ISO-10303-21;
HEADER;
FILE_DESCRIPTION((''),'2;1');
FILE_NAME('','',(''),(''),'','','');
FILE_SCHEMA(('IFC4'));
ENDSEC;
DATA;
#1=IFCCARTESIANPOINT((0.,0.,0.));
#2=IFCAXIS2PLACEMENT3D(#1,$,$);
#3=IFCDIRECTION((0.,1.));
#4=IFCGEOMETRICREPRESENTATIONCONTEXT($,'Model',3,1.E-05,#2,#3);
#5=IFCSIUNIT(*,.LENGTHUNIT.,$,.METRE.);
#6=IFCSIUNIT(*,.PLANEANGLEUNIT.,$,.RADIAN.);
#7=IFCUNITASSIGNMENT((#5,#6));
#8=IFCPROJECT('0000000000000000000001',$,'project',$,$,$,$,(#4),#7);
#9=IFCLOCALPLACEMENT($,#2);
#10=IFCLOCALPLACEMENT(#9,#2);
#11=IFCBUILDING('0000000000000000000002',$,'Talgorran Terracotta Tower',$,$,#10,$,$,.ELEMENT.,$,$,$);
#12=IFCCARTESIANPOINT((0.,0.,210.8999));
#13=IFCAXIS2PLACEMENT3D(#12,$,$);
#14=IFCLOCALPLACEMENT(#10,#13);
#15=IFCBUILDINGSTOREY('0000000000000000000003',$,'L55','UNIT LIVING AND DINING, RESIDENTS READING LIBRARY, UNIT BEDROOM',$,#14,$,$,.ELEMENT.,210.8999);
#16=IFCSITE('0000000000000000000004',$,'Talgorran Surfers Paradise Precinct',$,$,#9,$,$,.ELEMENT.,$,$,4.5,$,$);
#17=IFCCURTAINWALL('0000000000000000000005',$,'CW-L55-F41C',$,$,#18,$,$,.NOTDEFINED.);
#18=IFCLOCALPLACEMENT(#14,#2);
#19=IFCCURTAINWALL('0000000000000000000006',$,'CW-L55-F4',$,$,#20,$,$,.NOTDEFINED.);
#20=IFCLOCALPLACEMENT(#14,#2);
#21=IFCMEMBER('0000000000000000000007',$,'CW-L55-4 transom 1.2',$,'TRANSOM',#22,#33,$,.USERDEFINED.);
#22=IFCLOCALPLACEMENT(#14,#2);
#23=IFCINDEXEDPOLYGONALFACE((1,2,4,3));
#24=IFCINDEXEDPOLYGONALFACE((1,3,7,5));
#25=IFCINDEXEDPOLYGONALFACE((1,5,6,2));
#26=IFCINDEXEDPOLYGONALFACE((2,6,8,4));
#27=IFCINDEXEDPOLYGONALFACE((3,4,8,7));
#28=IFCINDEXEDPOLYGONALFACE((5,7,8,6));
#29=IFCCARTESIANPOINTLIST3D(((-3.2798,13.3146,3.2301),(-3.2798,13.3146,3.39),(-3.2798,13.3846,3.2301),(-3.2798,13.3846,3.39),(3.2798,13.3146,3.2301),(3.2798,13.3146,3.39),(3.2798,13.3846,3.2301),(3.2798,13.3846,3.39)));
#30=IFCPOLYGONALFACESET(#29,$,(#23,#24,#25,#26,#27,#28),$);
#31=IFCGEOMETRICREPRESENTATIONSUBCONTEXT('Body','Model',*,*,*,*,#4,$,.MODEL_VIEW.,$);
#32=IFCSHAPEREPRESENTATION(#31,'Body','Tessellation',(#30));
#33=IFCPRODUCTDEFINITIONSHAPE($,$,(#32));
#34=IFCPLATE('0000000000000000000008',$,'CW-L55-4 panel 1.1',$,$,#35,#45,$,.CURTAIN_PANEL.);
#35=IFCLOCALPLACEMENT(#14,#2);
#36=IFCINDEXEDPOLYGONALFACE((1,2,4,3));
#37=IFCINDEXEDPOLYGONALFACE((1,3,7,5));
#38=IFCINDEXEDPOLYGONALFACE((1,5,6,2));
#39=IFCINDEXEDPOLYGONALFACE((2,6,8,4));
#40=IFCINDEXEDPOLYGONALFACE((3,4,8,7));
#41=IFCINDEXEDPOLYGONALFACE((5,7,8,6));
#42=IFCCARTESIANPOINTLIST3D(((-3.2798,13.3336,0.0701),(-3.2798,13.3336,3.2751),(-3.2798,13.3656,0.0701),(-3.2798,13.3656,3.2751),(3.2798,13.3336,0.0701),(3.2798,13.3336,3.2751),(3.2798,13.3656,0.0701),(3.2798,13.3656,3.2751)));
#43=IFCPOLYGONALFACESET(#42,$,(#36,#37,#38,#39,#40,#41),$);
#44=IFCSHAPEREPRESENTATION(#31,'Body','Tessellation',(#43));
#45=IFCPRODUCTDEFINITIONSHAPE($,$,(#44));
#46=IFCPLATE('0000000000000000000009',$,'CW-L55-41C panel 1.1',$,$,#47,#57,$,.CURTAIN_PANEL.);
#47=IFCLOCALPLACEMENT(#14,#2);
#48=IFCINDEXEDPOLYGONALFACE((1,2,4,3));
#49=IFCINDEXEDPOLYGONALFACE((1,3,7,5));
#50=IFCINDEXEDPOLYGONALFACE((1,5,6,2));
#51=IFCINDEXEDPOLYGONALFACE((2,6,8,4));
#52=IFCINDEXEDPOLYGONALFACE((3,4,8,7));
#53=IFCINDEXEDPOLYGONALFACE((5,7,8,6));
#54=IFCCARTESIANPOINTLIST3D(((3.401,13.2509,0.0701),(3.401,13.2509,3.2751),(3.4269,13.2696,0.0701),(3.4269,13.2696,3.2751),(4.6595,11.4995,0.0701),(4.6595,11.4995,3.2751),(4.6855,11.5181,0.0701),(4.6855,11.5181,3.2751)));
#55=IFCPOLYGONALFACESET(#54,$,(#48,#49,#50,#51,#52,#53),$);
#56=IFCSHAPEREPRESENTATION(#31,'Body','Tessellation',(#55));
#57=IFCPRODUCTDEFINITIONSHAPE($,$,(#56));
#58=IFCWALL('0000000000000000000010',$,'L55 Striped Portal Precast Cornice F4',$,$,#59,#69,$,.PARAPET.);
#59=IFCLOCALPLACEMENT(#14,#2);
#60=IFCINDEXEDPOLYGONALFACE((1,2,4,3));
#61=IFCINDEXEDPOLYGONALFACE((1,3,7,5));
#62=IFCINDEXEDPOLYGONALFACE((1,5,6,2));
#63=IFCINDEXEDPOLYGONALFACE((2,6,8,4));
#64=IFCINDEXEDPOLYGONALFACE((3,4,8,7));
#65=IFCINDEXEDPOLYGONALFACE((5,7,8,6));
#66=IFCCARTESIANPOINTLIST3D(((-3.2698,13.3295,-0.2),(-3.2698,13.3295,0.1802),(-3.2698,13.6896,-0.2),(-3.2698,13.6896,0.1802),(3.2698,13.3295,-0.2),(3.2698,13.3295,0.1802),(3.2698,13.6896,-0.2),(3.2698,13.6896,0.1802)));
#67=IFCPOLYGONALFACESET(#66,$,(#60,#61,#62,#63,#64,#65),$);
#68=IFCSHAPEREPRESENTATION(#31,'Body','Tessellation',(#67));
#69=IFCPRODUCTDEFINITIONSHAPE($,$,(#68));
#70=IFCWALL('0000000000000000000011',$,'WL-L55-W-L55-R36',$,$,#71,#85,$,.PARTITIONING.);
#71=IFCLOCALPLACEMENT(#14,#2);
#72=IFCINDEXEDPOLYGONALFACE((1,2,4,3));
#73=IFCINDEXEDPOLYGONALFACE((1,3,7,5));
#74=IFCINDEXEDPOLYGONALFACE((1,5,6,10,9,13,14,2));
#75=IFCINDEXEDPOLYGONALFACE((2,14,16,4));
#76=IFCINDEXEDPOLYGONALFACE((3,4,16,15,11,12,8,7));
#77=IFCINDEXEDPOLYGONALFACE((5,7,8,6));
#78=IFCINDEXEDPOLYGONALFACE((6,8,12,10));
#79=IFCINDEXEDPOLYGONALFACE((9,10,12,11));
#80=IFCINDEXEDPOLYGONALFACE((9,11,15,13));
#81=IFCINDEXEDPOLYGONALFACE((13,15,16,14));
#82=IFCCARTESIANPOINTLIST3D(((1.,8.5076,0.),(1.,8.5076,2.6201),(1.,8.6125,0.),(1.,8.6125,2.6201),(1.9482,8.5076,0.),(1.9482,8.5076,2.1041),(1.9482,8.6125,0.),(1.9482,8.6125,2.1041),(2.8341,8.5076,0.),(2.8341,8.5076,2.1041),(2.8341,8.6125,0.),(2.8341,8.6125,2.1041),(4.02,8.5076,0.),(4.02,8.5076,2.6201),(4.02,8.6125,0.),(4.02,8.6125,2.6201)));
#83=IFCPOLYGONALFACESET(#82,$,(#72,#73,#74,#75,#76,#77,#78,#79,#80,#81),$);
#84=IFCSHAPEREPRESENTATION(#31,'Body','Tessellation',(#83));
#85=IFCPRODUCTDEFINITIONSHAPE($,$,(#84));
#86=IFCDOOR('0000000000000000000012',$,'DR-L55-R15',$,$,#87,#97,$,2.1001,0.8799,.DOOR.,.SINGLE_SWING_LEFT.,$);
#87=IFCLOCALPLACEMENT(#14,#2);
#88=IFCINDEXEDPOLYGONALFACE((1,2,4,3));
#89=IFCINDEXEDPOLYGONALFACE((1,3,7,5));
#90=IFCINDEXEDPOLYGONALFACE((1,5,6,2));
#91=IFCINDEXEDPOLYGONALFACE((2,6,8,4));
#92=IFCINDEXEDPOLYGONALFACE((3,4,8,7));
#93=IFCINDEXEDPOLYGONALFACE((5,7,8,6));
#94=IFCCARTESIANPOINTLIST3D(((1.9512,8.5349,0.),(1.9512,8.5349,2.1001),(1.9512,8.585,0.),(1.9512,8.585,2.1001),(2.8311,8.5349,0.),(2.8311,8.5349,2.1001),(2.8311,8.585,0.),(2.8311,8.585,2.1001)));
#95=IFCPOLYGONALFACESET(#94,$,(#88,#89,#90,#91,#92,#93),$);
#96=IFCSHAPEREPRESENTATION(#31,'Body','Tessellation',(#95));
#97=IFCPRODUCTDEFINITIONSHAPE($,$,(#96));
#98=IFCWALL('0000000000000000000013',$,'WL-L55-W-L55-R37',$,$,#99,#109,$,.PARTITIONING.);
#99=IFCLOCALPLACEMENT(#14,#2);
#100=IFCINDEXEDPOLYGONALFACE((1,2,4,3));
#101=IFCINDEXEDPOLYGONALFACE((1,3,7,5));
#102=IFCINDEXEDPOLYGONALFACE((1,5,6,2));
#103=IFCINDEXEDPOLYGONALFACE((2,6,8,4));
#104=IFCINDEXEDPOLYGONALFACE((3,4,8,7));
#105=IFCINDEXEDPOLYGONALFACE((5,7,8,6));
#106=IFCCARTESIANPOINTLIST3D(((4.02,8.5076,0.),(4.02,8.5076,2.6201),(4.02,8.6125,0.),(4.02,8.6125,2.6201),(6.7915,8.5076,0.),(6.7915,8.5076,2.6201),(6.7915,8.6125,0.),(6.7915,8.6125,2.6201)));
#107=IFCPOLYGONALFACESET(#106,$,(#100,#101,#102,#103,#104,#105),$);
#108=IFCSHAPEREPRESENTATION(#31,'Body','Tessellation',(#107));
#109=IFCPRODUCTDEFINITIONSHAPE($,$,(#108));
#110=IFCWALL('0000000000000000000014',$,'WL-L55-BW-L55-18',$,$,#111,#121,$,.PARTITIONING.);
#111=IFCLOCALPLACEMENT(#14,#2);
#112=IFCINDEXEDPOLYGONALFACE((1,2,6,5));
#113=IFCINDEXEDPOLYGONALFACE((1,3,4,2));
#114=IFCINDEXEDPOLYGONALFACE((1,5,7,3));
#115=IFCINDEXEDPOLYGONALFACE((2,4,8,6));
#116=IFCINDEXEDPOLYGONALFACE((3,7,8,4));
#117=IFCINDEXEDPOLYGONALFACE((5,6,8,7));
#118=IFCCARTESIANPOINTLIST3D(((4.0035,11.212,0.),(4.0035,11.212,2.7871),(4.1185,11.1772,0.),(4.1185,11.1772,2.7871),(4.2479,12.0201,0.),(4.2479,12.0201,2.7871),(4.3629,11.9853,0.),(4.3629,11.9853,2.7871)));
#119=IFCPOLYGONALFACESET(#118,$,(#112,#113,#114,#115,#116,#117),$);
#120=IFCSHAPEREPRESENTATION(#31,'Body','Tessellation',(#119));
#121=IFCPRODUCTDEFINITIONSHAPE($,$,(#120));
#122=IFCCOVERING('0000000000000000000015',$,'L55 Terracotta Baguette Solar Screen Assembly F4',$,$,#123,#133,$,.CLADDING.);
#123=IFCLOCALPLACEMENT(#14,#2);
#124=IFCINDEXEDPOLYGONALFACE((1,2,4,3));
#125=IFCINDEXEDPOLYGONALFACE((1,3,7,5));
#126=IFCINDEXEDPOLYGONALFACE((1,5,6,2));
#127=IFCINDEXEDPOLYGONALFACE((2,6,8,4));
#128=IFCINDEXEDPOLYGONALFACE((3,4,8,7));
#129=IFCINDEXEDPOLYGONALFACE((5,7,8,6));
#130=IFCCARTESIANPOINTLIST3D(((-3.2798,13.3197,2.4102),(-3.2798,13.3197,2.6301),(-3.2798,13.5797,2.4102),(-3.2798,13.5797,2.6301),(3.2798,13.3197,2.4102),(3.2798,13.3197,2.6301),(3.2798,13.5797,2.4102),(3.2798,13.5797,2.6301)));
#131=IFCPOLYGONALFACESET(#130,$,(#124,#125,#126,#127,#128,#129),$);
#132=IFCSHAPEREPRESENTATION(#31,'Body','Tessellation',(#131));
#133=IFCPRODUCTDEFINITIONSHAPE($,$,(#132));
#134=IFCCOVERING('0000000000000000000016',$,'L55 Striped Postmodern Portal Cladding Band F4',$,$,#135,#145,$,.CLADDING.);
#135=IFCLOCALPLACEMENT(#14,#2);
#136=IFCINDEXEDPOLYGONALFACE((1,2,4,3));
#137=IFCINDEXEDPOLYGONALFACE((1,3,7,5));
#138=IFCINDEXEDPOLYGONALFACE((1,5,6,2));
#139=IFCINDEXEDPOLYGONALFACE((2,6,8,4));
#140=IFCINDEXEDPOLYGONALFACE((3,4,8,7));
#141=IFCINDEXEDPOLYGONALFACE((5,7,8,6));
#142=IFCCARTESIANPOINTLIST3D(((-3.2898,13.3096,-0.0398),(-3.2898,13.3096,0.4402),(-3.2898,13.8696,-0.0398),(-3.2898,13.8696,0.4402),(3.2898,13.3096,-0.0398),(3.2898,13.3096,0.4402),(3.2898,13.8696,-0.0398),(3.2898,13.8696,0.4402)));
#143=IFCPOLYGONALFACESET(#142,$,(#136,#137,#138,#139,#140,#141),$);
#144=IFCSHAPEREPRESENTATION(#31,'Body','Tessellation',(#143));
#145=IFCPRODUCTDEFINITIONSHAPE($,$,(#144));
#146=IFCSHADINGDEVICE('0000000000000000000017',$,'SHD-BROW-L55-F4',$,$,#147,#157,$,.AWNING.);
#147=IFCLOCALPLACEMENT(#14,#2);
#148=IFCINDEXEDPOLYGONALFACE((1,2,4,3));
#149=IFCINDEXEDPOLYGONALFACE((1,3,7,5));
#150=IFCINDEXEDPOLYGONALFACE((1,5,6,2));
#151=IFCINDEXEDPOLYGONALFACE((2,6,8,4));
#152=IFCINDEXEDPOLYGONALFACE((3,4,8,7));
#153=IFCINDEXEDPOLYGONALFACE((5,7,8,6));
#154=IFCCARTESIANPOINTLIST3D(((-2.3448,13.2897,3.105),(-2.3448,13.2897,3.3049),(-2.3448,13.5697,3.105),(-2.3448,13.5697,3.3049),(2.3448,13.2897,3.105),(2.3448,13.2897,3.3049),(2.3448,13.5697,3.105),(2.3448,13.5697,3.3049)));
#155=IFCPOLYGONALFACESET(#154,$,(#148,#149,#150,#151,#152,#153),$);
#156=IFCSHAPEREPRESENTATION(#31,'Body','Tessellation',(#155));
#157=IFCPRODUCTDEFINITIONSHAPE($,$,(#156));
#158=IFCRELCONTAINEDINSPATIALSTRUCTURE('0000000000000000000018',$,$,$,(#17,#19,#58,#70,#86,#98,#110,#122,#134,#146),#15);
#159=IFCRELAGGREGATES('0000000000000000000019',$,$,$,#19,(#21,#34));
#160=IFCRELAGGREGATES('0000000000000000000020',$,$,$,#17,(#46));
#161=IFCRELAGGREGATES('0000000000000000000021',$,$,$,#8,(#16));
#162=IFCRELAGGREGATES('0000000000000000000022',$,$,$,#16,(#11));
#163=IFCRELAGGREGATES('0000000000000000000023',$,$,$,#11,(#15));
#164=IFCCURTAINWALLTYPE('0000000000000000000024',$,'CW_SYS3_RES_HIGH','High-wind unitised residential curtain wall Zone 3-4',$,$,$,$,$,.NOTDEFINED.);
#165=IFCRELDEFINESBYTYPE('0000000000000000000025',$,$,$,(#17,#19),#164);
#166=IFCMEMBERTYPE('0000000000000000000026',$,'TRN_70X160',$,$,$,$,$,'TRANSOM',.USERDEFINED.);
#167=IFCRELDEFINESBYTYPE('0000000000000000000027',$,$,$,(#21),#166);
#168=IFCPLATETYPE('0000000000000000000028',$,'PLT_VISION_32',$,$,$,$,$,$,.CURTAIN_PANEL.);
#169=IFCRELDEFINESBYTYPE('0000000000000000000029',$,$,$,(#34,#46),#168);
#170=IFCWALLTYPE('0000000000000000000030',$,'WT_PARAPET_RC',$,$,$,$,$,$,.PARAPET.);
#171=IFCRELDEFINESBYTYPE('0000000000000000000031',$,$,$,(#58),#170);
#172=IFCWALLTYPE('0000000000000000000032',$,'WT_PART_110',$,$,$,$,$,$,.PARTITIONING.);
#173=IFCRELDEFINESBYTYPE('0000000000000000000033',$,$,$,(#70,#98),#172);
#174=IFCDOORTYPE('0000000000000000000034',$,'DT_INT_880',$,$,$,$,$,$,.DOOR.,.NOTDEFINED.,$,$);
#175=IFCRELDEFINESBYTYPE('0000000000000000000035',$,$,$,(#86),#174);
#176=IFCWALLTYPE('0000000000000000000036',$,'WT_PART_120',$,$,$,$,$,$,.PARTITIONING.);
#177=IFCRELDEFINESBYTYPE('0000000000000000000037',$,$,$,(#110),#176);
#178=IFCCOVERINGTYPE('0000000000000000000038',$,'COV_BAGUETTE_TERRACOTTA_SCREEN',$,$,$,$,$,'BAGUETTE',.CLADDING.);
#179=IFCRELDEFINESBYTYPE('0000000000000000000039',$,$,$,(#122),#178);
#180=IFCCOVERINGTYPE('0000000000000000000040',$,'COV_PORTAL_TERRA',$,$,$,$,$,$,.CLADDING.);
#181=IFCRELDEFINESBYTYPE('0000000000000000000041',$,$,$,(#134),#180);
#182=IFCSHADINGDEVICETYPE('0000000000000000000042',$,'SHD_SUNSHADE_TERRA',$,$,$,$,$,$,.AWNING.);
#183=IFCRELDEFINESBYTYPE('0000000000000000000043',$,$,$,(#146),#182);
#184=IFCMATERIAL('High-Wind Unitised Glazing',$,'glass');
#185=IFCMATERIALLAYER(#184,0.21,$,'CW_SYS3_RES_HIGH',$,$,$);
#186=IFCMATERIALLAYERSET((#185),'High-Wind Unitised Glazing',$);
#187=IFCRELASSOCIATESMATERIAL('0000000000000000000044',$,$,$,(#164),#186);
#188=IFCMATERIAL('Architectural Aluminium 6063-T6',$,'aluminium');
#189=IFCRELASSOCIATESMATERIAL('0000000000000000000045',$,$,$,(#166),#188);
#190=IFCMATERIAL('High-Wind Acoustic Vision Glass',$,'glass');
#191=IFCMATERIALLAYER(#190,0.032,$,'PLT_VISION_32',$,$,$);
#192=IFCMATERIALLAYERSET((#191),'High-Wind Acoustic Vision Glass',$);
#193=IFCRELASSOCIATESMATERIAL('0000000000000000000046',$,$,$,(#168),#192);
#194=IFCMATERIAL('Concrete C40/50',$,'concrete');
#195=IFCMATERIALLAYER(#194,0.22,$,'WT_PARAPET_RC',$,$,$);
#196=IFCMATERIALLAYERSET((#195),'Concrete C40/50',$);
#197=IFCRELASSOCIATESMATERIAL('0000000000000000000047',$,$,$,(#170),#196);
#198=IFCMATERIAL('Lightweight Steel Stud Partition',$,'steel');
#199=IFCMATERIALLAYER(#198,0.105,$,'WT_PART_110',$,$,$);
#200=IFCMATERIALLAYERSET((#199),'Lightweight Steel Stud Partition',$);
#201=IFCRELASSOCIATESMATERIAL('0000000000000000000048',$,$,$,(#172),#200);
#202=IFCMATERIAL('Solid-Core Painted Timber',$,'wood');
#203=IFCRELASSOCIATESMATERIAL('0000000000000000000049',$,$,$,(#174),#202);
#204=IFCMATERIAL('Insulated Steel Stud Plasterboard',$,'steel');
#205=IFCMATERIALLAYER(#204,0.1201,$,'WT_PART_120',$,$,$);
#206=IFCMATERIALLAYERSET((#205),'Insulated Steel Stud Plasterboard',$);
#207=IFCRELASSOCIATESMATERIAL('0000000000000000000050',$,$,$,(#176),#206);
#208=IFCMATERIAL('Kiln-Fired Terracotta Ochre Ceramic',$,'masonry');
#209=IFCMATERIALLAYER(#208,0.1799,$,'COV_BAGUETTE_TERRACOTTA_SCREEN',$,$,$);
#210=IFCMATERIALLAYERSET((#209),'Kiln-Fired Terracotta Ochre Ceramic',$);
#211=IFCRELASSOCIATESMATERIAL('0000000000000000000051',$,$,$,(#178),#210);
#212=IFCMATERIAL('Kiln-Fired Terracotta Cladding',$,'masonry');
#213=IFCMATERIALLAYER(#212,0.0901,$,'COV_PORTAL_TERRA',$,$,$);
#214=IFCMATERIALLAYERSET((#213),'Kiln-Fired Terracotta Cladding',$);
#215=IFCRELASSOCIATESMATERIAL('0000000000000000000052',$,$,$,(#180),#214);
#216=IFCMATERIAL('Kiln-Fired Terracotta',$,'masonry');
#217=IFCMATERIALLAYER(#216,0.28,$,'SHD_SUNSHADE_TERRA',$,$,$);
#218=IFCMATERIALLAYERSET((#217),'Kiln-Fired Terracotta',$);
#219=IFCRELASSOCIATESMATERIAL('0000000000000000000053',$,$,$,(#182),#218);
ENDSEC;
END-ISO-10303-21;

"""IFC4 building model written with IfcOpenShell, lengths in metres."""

from ifc_helpers import new_model, si_unit, direction, frame, frame_2d, origin, origin_2d, place, context, subcontext, project, spatial, rectangle, extrude, source, transform, mapped, material, layer, layer_set, material_profile, profile_set, type_object, type_shapes, element, fill, aggregate, save


model = new_model("IFC4")

# Units and contexts
model_context = context("Model", 3, precision=1e-05, world=origin(), true_north=direction((0.0, 1.0)))
body_context = subcontext(model_context, "Body", "Model", "MODEL_VIEW")
ifc_project = project(units=[si_unit("LENGTHUNIT", "METRE"), si_unit("PLANEANGLEUNIT", "RADIAN")], contexts=[model_context])

# Site, building, storey
site_placement = place(None, origin())
site = spatial("IfcSite", under=ifc_project, at=site_placement, Name="Talgorran Surfers Paradise Precinct", CompositionType="ELEMENT", RefElevation=4.5)
building_placement = place(site_placement, origin())
building = spatial("IfcBuilding", under=site, at=building_placement, Name="Talgorran Terracotta Tower", CompositionType="ELEMENT")
storey_placement = place(building_placement, frame((0.0, 0.0, 210.8999)))
storey = spatial("IfcBuildingStorey", under=building, at=storey_placement, Name="L55", Description="UNIT LIVING AND DINING, RESIDENTS READING LIBRARY, UNIT BEDROOM", CompositionType="ELEMENT", Elevation=210.8999)

# Shared definitions
ifc_material_1 = material(Name="High-Wind Unitised Glazing", Category="glass")
ifc_layer_1 = layer(ifc_material_1, 0.21, Name="CW_SYS3_RES_HIGH")
ifc_layer_set_1 = layer_set([ifc_layer_1], Name="High-Wind Unitised Glazing")
curtain_wall_type = type_object("IfcCurtainWallType", Name="CW_SYS3_RES_HIGH", Description="High-wind unitised residential curtain wall Zone 3-4", PredefinedType="NOTDEFINED", material=ifc_layer_set_1)
ifc_material_2 = material(Name="Architectural Aluminium 6063-T6", Category="aluminium")

# Curtain wall
curtain_wall_1_placement = place(storey_placement, origin())
curtain_wall_1 = element("IfcCurtainWall", 1, at=curtain_wall_1_placement, inside=storey, type_object=curtain_wall_type, Name="CW-L55-F41C", PredefinedType="NOTDEFINED")

# Curtain wall
curtain_wall_2_placement = place(storey_placement, origin())
curtain_wall_2 = element("IfcCurtainWall", 2, at=curtain_wall_2_placement, inside=storey, type_object=curtain_wall_type, Name="CW-L55-F4", PredefinedType="NOTDEFINED")

# Member
ifc_material_profile_1 = material_profile(ifc_material_2, rectangle(XDim=0.0701, YDim=0.1599, at=origin_2d()), Name="CWT70X160")
ifc_profile_set_1 = profile_set([ifc_material_profile_1], Name="Architectural Aluminium 6063-T6")
member_type_1 = type_object("IfcMemberType", Name="TRN_70X160", ElementType="TRANSOM", PredefinedType="USERDEFINED", material=ifc_profile_set_1)
member_1_placement = place(storey_placement, frame((3.2798, 13.3496, 3.3101), z_axis=(-1.0, 0.0, 0.0), x_axis=(0.0, -1.0, 0.0)))
member_1 = element("IfcMember", 3, at=member_1_placement, type_object=member_type_1, Name="CW-L55-4 transom 1.2", ObjectType="TRANSOM", PredefinedType="USERDEFINED", context=body_context, shape_type="SweptSolid", body=[
    extrude(rectangle(XDim=0.0701, YDim=0.1599, at=origin_2d()), origin(), (0.0, 0.0, 1.0), 6.5596),
])

# Plates
ifc_material_3 = material(Name="High-Wind Acoustic Vision Glass", Category="glass")
ifc_layer_2 = layer(ifc_material_3, 0.032, Name="PLT_VISION_32")
ifc_layer_set_2 = layer_set([ifc_layer_2], Name="High-Wind Acoustic Vision Glass")
plate_type = type_object("IfcPlateType", Name="PLT_VISION_32", PredefinedType="CURTAIN_PANEL", material=ifc_layer_set_2)
shared_shape_1 = source(origin(), body_context, "Body", "SweptSolid", [
    extrude(rectangle(XDim=6.5596, YDim=0.032, at=origin_2d()), origin(), (0.0, 0.0, 1.0), 3.2051),
])
plate_1_placement = place(storey_placement, frame((0.0, 13.3496, 0.0701), z_axis=(0.0, 0.0, 1.0), x_axis=(-1.0, 0.0, 0.0)))
plate_1 = element("IfcPlate", 4, at=plate_1_placement, type_object=plate_type, Name="CW-L55-4 panel 1.1", PredefinedType="CURTAIN_PANEL", context=body_context, shape_type="MappedRepresentation", body=[
    mapped(shared_shape_1, transform((0.0, 0.0, 0.0), scale=1.0)),
])
aggregate(curtain_wall_2, [member_1, plate_1])
shared_shape_2 = source(origin(), body_context, "Body", "SweptSolid", [
    extrude(rectangle(XDim=2.1567, YDim=0.032, at=origin_2d()), origin(), (0.0, 0.0, 1.0), 3.2051),
])
type_shapes(plate_type, [shared_shape_1, shared_shape_2])
plate_2_placement = place(storey_placement, frame((4.0432, 12.3845, 0.0701), z_axis=(0.0, 0.0, 1.0), x_axis=(-0.583538, 0.812086, 0.0)))
plate_2 = element("IfcPlate", 5, at=plate_2_placement, type_object=plate_type, Name="CW-L55-41C panel 1.1", PredefinedType="CURTAIN_PANEL", context=body_context, shape_type="MappedRepresentation", body=[
    mapped(shared_shape_2, transform((0.0, 0.0, 0.0), scale=1.0)),
])
aggregate(curtain_wall_1, [plate_2])

# Wall
ifc_material_4 = material(Name="Concrete C40/50", Category="concrete")
ifc_layer_3 = layer(ifc_material_4, 0.22, Name="WT_PARAPET_RC")
ifc_layer_set_3 = layer_set([ifc_layer_3], Name="Concrete C40/50")
wall_type_1 = type_object("IfcWallType", Name="WT_PARAPET_RC", PredefinedType="PARAPET", material=ifc_layer_set_3)
wall_1_placement = place(storey_placement, frame((3.2698, 13.5095, -0.2), z_axis=(0.0, 0.0, 1.0), x_axis=(-1.0, 0.0, 0.0)))
element("IfcWall", 6, at=wall_1_placement, inside=storey, type_object=wall_type_1, Name="L55 Striped Portal Precast Cornice F4", PredefinedType="PARAPET", context=body_context, shape_type="SweptSolid", body=[
    extrude(rectangle(XDim=6.5396, YDim=0.3601, at=frame_2d((3.2698, 0.0))), origin(), (0.0, 0.0, 1.0), 0.3801),
])

# Wall, opening, door
ifc_material_5 = material(Name="Lightweight Steel Stud Partition", Category="steel")
ifc_layer_4 = layer(ifc_material_5, 0.105, Name="WT_PART_110")
ifc_layer_set_4 = layer_set([ifc_layer_4], Name="Lightweight Steel Stud Partition")
wall_type_2 = type_object("IfcWallType", Name="WT_PART_110", PredefinedType="PARTITIONING", material=ifc_layer_set_4)
wall_2_placement = place(storey_placement, frame((1.0, 8.5601, 0.0), z_axis=(0.0, 0.0, 1.0), x_axis=(1.0, 0.0, 0.0)))
wall_2 = element("IfcWall", 7, at=wall_2_placement, inside=storey, type_object=wall_type_2, Name="WL-L55-W-L55-R36", PredefinedType="PARTITIONING", context=body_context, shape_type="SweptSolid", body=[
    extrude(rectangle(XDim=3.02, YDim=0.105, at=frame_2d((1.51, 0.0))), origin(), (0.0, 0.0, 1.0), 2.6201),
])
opening_placement = place(wall_2_placement, frame((0.9512, 0.0, 0.0)))
opening = element("IfcOpeningElement", 8, at=opening_placement, cuts=wall_2, PredefinedType="OPENING", context=body_context, shape_type="SweptSolid", body=[
    extrude(rectangle(XDim=0.8859, YDim=2.1041, at=frame_2d((0.4399, 1.052))), frame((0.0, 0.0625, 0.0), z_axis=(0.0, -1.0, 0.0), x_axis=(1.0, 0.0, 0.0)), (0.0, 0.0, 1.0), 0.125),
])
ifc_material_6 = material(Name="Solid-Core Painted Timber", Category="wood")
door_type = type_object("IfcDoorType", Name="DT_INT_880", OperationType="NOTDEFINED", PredefinedType="DOOR", material=ifc_material_6)
door_placement = place(opening_placement, origin())
door = element("IfcDoor", 9, at=door_placement, inside=storey, type_object=door_type, Name="DR-L55-R15", OperationType="SINGLE_SWING_LEFT", OverallHeight=2.1001, OverallWidth=0.8799, PredefinedType="DOOR", context=body_context, shape_type="SweptSolid", body=[
    extrude(rectangle(XDim=0.8799, YDim=2.1001, at=frame_2d((0.4399, 1.05))), frame((0.0, 0.0249, 0.0), z_axis=(0.0, -1.0, 0.0), x_axis=(1.0, 0.0, 0.0)), (0.0, 0.0, 1.0), 0.05),
])
fill(opening, door)

# Walls
wall_3_placement = place(storey_placement, frame((4.02, 8.5601, 0.0), z_axis=(0.0, 0.0, 1.0), x_axis=(1.0, 0.0, 0.0)))
element("IfcWall", 10, at=wall_3_placement, inside=storey, type_object=wall_type_2, Name="WL-L55-W-L55-R37", PredefinedType="PARTITIONING", context=body_context, shape_type="SweptSolid", body=[
    extrude(rectangle(XDim=2.7715, YDim=0.105, at=frame_2d((1.3857, 0.0))), origin(), (0.0, 0.0, 1.0), 2.6201),
])
ifc_material_7 = material(Name="Insulated Steel Stud Plasterboard", Category="steel")
ifc_layer_5 = layer(ifc_material_7, 0.1201, Name="WT_PART_120")
ifc_layer_set_5 = layer_set([ifc_layer_5], Name="Insulated Steel Stud Plasterboard")
wall_type_3 = type_object("IfcWallType", Name="WT_PART_120", PredefinedType="PARTITIONING", material=ifc_layer_set_5)
wall_4_placement = place(storey_placement, frame((4.061, 11.1946, 0.0), z_axis=(0.0, 0.0, 1.0), x_axis=(0.28947, 0.957187, 0.0)))
element("IfcWall", 11, at=wall_4_placement, inside=storey, type_object=wall_type_3, Name="WL-L55-BW-L55-18", PredefinedType="PARTITIONING", context=body_context, shape_type="SweptSolid", body=[
    extrude(rectangle(XDim=0.8442, YDim=0.1201, at=frame_2d((0.4221, 0.0))), origin(), (0.0, 0.0, 1.0), 2.7871),
])

# Coverings
ifc_material_8 = material(Name="Kiln-Fired Terracotta Ochre Ceramic", Category="masonry")
ifc_layer_6 = layer(ifc_material_8, 0.1799, Name="COV_BAGUETTE_TERRACOTTA_SCREEN")
ifc_layer_set_6 = layer_set([ifc_layer_6], Name="Kiln-Fired Terracotta Ochre Ceramic")
covering_type_1 = type_object("IfcCoveringType", Name="COV_BAGUETTE_TERRACOTTA_SCREEN", ElementType="BAGUETTE", PredefinedType="CLADDING", material=ifc_layer_set_6)
covering_1_placement = place(storey_placement, frame((0.0, 13.4497, 2.4102), z_axis=(0.0, 0.0, 1.0), x_axis=(-1.0, 0.0, 0.0)))
element("IfcCovering", 12, at=covering_1_placement, inside=storey, type_object=covering_type_1, Name="L55 Terracotta Baguette Solar Screen Assembly F4", PredefinedType="CLADDING", context=body_context, shape_type="SweptSolid", body=[
    extrude(rectangle(XDim=6.5596, YDim=0.26, at=origin_2d()), origin(), (0.0, 0.0, 1.0), 0.22),
])
ifc_material_9 = material(Name="Kiln-Fired Terracotta Cladding", Category="masonry")
ifc_layer_7 = layer(ifc_material_9, 0.0901, Name="COV_PORTAL_TERRA")
ifc_layer_set_7 = layer_set([ifc_layer_7], Name="Kiln-Fired Terracotta Cladding")
covering_type_2 = type_object("IfcCoveringType", Name="COV_PORTAL_TERRA", PredefinedType="CLADDING", material=ifc_layer_set_7)
covering_2_placement = place(storey_placement, frame((0.0, 13.5896, -0.0398), z_axis=(0.0, 0.0, 1.0), x_axis=(-1.0, 0.0, 0.0)))
element("IfcCovering", 13, at=covering_2_placement, inside=storey, type_object=covering_type_2, Name="L55 Striped Postmodern Portal Cladding Band F4", PredefinedType="CLADDING", context=body_context, shape_type="SweptSolid", body=[
    extrude(rectangle(XDim=6.5796, YDim=0.5601, at=origin_2d()), origin(), (0.0, 0.0, 1.0), 0.48),
])

# Shading device
ifc_material_10 = material(Name="Kiln-Fired Terracotta", Category="masonry")
ifc_layer_8 = layer(ifc_material_10, 0.28, Name="SHD_SUNSHADE_TERRA")
ifc_layer_set_8 = layer_set([ifc_layer_8], Name="Kiln-Fired Terracotta")
shading_device_type = type_object("IfcShadingDeviceType", Name="SHD_SUNSHADE_TERRA", PredefinedType="AWNING", material=ifc_layer_set_8)
shared_shape_3 = source(origin(), body_context, "Body", "SweptSolid", [
    extrude(rectangle(XDim=4.6897, YDim=0.28, at=origin_2d()), origin(), (0.0, 0.0, 1.0), 0.2),
])
type_shapes(shading_device_type, [shared_shape_3])
shading_device_placement = place(storey_placement, frame((0.0, 13.4297, 3.105), z_axis=(0.0, 0.0, 1.0), x_axis=(-1.0, 0.0, 0.0)))
element("IfcShadingDevice", 14, at=shading_device_placement, inside=storey, type_object=shading_device_type, Name="SHD-BROW-L55-F4", PredefinedType="AWNING", context=body_context, shape_type="MappedRepresentation", body=[
    mapped(shared_shape_3, transform((0.0, 0.0, 0.0), scale=1.0)),
])

save(model, "model.ifc")
